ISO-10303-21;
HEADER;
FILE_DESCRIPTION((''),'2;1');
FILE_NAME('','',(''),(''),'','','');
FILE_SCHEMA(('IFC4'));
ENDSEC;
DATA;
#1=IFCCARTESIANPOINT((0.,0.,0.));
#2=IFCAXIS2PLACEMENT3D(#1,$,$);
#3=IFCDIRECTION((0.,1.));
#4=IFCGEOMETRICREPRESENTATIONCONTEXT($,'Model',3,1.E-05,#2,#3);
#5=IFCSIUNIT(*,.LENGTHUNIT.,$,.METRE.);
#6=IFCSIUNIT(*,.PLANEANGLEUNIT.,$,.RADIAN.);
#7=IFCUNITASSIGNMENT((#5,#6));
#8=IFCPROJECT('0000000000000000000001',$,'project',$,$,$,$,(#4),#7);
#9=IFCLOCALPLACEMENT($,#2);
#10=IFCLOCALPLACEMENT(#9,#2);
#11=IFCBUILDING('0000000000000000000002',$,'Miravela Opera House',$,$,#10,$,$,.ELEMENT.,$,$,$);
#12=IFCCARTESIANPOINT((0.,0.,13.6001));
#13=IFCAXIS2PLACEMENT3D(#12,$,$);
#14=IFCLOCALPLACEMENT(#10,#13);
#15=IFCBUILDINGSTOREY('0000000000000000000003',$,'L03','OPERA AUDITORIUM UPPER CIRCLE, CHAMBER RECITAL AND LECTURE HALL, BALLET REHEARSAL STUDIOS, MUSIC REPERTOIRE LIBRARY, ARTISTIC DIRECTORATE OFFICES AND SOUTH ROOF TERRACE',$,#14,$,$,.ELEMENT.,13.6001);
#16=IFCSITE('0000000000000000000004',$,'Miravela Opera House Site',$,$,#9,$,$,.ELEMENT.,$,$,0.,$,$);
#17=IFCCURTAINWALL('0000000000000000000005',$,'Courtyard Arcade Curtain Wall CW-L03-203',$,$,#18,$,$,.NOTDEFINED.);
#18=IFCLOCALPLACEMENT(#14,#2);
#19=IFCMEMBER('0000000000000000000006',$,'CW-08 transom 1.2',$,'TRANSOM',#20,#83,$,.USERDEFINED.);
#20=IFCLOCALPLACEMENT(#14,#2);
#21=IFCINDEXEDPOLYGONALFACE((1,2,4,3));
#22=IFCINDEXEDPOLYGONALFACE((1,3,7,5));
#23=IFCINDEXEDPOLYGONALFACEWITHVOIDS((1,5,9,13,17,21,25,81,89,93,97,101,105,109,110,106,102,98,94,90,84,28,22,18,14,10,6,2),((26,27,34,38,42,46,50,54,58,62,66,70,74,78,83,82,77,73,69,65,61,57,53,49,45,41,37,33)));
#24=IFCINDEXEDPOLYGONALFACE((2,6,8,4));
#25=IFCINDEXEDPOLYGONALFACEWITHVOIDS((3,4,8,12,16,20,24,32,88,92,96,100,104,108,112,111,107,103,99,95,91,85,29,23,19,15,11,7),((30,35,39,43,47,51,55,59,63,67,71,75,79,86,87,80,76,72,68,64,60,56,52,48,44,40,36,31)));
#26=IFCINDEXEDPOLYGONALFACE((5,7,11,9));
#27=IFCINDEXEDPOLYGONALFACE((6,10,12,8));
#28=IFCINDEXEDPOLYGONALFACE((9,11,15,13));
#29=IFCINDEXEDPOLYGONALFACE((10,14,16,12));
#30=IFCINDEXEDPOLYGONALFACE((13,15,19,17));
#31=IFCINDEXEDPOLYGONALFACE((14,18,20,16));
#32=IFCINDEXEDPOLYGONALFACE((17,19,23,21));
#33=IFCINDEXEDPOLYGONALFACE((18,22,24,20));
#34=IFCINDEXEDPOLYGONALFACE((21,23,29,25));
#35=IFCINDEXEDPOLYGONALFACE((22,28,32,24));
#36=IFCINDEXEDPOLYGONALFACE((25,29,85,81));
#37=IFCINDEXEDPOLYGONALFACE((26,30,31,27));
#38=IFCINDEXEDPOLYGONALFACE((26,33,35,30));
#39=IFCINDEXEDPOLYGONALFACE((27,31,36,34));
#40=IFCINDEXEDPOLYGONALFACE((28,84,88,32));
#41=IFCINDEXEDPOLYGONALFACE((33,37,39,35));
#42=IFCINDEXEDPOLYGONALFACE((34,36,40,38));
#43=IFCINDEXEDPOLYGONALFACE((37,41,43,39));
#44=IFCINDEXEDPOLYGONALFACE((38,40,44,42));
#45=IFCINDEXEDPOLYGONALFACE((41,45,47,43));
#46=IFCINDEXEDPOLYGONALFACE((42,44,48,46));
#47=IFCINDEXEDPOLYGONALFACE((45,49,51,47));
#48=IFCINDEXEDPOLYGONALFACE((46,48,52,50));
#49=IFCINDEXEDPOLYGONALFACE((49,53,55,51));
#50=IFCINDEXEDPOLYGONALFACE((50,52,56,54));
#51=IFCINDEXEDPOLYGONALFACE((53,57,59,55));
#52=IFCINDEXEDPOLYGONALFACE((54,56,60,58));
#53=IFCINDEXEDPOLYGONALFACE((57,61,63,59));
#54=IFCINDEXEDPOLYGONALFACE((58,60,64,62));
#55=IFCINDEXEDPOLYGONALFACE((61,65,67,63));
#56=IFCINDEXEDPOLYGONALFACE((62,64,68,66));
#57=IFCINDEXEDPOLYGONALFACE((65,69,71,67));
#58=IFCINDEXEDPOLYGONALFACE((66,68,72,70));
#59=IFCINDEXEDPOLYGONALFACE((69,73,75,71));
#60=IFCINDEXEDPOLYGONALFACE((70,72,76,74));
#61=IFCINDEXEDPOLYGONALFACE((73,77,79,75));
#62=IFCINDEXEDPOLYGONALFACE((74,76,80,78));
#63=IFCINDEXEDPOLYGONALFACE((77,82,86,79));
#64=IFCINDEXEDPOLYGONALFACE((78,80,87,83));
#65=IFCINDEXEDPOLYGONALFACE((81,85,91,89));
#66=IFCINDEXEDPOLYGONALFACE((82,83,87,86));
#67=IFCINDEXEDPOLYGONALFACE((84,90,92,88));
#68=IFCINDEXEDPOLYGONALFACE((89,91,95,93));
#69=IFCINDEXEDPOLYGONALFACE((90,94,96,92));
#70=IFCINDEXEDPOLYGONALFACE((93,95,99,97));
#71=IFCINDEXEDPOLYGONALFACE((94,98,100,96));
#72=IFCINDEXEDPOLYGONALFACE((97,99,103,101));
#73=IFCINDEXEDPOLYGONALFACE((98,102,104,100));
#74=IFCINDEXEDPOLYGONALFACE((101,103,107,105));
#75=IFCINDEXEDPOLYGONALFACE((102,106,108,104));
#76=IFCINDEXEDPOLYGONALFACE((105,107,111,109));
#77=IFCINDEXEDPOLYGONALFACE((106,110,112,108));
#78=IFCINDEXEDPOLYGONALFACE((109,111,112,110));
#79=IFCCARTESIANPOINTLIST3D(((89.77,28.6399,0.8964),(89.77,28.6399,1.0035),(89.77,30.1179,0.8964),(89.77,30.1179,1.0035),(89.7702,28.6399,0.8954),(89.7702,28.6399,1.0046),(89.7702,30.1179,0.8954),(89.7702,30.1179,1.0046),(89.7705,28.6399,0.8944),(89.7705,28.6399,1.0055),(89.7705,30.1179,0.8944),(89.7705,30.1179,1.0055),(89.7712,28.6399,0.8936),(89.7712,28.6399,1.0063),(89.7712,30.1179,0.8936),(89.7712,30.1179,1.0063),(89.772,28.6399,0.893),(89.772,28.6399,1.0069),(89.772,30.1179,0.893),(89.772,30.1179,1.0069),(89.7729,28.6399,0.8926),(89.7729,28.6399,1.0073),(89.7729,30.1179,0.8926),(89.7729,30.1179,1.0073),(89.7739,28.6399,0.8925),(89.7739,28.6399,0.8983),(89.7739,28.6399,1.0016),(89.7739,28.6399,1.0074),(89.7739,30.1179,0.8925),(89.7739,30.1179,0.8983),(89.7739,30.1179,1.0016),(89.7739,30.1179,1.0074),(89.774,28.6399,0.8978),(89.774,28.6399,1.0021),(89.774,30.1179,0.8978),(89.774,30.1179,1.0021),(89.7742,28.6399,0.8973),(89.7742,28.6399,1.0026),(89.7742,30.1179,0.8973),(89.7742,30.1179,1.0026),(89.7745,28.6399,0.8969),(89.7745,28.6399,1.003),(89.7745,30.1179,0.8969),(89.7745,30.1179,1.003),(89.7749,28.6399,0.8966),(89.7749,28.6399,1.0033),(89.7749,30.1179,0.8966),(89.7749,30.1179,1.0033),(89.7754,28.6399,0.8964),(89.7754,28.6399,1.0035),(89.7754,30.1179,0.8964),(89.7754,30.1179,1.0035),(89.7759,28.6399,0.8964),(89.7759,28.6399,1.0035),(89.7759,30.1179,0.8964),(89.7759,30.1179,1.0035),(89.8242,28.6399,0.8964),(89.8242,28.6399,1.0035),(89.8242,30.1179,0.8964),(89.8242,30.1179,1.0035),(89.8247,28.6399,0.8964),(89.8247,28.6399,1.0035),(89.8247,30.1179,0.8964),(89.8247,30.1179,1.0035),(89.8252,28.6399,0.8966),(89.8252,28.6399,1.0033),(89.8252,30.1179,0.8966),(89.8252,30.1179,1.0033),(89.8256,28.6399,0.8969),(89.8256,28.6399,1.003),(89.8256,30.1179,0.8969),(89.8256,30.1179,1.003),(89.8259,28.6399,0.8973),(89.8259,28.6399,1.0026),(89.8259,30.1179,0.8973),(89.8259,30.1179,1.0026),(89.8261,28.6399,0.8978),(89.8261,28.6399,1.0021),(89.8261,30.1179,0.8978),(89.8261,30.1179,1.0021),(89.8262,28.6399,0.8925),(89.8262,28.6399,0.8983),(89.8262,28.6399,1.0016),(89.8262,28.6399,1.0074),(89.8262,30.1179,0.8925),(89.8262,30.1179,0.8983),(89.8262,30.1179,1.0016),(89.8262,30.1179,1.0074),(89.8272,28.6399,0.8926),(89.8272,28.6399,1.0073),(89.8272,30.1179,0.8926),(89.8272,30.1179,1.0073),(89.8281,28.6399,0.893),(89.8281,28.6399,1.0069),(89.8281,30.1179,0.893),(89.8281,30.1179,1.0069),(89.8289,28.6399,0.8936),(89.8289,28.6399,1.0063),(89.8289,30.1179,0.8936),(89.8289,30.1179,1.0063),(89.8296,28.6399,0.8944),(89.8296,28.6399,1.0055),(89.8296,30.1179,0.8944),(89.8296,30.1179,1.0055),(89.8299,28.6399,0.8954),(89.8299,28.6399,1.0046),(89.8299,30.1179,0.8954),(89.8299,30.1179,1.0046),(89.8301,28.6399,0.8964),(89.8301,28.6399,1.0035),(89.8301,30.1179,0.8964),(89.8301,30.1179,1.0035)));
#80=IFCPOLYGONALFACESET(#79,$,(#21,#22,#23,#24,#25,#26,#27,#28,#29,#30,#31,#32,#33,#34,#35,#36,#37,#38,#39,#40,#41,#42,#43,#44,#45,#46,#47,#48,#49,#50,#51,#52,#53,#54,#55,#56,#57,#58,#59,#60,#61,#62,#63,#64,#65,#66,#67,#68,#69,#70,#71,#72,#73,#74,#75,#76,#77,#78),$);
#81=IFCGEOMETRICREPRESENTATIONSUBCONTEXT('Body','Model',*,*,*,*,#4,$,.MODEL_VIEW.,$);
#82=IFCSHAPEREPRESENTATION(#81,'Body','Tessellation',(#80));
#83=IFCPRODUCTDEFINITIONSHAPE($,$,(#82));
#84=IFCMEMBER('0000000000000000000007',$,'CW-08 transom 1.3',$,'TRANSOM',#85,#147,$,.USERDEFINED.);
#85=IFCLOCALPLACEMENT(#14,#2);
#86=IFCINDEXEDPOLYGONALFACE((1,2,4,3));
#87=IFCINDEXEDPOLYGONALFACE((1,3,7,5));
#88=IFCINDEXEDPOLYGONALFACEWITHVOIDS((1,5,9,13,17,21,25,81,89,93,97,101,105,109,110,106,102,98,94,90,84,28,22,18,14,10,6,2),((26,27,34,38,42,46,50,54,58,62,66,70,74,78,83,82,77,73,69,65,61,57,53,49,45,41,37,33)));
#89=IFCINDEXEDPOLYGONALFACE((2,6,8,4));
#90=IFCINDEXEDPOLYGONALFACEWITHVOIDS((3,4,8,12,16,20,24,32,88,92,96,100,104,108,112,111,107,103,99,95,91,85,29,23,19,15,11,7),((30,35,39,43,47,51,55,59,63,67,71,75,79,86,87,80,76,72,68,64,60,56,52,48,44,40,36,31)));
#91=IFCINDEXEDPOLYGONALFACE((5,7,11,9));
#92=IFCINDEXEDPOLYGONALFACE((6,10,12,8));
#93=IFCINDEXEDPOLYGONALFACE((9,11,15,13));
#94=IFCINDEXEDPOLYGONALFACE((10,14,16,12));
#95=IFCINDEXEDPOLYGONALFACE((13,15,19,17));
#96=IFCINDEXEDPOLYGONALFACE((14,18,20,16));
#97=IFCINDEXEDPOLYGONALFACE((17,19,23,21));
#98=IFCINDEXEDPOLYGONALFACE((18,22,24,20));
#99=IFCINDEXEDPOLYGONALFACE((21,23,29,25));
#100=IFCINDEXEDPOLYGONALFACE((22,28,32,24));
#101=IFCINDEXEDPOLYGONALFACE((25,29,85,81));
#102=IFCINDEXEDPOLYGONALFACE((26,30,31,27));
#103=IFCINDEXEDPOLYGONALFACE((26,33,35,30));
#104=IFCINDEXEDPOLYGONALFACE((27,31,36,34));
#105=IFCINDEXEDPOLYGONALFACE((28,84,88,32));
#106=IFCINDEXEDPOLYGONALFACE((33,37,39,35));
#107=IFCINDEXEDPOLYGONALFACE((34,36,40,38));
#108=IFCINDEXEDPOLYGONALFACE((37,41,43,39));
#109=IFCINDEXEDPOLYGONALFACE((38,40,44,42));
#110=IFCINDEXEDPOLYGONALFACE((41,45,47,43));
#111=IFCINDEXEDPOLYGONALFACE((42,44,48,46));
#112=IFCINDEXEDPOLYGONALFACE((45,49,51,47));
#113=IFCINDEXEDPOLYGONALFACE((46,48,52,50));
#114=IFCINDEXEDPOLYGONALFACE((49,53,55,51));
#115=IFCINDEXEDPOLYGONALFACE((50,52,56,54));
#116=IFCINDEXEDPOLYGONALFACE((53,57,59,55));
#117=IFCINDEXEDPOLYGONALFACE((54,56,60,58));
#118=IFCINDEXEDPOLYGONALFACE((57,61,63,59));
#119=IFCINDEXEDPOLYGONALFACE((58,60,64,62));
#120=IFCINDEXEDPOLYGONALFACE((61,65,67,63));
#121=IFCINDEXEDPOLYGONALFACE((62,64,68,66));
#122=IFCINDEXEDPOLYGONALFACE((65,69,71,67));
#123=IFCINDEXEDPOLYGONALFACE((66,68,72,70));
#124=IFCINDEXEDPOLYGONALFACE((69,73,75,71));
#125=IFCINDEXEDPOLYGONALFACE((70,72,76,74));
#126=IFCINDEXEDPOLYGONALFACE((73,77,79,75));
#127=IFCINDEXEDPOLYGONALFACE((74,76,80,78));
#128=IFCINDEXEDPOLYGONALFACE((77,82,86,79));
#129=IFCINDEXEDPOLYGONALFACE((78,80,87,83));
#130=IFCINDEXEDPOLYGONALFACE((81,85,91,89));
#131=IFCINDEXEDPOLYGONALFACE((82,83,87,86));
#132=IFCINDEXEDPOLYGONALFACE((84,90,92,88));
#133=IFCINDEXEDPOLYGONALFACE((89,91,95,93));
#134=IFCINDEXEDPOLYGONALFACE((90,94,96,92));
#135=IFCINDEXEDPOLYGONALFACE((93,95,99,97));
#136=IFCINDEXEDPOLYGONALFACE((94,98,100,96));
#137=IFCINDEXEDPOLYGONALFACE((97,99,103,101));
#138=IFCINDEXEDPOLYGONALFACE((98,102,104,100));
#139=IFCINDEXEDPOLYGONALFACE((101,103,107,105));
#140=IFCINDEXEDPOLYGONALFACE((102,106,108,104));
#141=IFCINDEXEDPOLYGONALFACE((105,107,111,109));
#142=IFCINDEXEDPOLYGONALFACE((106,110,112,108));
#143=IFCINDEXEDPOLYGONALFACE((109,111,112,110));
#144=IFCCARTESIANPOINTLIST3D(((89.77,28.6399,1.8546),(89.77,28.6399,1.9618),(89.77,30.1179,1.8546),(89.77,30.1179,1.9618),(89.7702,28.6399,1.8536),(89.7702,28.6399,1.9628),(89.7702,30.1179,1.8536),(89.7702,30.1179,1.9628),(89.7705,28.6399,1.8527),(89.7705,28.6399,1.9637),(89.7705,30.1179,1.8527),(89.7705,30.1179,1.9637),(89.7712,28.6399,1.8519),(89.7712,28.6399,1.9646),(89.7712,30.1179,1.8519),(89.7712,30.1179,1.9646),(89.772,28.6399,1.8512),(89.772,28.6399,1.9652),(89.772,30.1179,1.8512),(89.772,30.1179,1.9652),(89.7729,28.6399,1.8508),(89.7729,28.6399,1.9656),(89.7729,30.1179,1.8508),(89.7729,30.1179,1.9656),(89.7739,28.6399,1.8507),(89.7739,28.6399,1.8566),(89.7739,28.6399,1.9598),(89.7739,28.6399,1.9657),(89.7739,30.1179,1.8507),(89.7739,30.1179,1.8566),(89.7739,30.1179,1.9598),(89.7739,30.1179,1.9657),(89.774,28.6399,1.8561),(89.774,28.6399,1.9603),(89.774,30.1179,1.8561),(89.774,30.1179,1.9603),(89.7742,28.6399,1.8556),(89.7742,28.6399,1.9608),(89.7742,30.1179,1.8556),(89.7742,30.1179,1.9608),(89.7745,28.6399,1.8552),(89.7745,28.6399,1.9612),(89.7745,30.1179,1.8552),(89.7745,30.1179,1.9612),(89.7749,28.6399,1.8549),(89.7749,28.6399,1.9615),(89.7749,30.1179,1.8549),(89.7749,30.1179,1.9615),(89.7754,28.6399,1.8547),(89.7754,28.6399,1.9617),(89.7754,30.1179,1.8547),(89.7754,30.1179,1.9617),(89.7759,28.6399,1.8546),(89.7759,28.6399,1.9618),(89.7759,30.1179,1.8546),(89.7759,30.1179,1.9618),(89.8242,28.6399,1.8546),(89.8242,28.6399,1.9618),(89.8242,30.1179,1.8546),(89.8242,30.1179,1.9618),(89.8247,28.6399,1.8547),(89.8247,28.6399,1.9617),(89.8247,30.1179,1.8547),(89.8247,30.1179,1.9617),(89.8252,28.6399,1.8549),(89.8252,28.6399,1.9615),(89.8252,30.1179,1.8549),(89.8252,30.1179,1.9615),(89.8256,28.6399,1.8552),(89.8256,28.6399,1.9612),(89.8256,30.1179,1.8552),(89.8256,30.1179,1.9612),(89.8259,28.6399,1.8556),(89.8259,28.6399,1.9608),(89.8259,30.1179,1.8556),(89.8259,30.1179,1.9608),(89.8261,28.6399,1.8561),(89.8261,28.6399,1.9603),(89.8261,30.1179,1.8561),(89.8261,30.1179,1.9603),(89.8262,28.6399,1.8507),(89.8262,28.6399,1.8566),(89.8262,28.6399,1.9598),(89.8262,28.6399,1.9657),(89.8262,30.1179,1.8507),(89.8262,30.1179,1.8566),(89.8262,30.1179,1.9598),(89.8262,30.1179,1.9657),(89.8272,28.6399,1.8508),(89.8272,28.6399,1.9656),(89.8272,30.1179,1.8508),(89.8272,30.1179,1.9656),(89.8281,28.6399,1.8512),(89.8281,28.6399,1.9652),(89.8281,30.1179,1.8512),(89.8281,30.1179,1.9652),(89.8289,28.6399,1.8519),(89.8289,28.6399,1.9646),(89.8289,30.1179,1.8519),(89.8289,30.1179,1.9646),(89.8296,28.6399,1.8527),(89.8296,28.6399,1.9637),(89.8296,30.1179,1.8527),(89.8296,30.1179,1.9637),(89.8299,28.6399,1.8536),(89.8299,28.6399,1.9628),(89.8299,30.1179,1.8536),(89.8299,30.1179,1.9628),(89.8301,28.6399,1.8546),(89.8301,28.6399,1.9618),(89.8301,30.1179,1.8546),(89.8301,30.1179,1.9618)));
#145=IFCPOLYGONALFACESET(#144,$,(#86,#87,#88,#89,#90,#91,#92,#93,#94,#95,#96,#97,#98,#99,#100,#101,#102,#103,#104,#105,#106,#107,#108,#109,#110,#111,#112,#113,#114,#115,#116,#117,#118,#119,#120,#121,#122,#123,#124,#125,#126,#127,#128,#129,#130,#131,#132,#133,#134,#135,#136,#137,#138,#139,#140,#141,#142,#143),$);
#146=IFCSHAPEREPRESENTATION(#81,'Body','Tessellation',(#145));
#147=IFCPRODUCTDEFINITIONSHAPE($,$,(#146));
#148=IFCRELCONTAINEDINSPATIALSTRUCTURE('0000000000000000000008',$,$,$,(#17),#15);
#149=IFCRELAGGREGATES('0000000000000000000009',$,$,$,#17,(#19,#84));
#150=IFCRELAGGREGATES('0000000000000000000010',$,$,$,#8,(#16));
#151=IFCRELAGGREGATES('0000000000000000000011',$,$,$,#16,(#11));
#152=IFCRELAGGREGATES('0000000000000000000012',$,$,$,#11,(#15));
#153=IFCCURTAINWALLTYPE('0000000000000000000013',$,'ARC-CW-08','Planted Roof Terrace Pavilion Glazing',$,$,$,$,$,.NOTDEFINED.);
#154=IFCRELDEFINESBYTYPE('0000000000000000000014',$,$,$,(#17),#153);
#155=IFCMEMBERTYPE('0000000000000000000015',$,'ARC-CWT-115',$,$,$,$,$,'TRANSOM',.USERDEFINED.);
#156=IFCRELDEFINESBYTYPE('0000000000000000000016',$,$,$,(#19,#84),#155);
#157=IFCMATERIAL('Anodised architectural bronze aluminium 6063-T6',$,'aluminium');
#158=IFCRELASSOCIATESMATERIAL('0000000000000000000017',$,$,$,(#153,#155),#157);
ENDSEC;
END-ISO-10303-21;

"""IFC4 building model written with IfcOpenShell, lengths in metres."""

from ifc_helpers import new_model, si_unit, direction, frame, origin, origin_2d, place, context, subcontext, project, spatial, hollow_rectangle, extrude, material, material_profile, profile_set, type_object, element, aggregate, save


model = new_model("IFC4")

# Units and contexts
model_context = context("Model", 3, precision=1e-05, world=origin(), true_north=direction((0.0, 1.0)))
body_context = subcontext(model_context, "Body", "Model", "MODEL_VIEW")
ifc_project = project(units=[si_unit("LENGTHUNIT", "METRE"), si_unit("PLANEANGLEUNIT", "RADIAN")], contexts=[model_context])

# Site, building, storey
site_placement = place(None, origin())
site = spatial("IfcSite", under=ifc_project, at=site_placement, Name="Miravela Opera House Site", CompositionType="ELEMENT", RefElevation=0.0)
building_placement = place(site_placement, origin())
building = spatial("IfcBuilding", under=site, at=building_placement, Name="Miravela Opera House", CompositionType="ELEMENT")
storey_placement = place(building_placement, frame((0.0, 0.0, 13.6001)))
storey = spatial("IfcBuildingStorey", under=building, at=storey_placement, Name="L03", Description="OPERA AUDITORIUM UPPER CIRCLE, CHAMBER RECITAL AND LECTURE HALL, BALLET REHEARSAL STUDIOS, MUSIC REPERTOIRE LIBRARY, ARTISTIC DIRECTORATE OFFICES AND SOUTH ROOF TERRACE", CompositionType="ELEMENT", Elevation=13.6001)

# Shared definitions
ifc_material_1 = material(Name="Anodised architectural bronze aluminium 6063-T6", Category="aluminium")
curtain_wall_type = type_object("IfcCurtainWallType", Name="ARC-CW-08", Description="Planted Roof Terrace Pavilion Glazing", PredefinedType="NOTDEFINED", material=ifc_material_1)

# Curtain wall
curtain_wall_1_placement = place(storey_placement, origin())
curtain_wall_1 = element("IfcCurtainWall", 1, at=curtain_wall_1_placement, inside=storey, type_object=curtain_wall_type, Name="Courtyard Arcade Curtain Wall CW-L03-203", PredefinedType="NOTDEFINED")

# Members
ifc_material_profile_1 = material_profile(ifc_material_1, hollow_rectangle(XDim=0.0601, YDim=0.115, WallThickness=0.0039, InnerFilletRadius=0.002, OuterFilletRadius=0.0039, at=origin_2d()), Name="CWT-60X115")
ifc_profile_set_1 = profile_set([ifc_material_profile_1])
member_type_1 = type_object("IfcMemberType", Name="ARC-CWT-115", ElementType="TRANSOM", PredefinedType="USERDEFINED", material=ifc_profile_set_1)
member_1_placement = place(storey_placement, frame((89.8, 28.6399, 0.95), z_axis=(0.0, 1.0, 0.0), x_axis=(-1.0, 0.0, 0.0)))
member_1 = element("IfcMember", 2, at=member_1_placement, type_object=member_type_1, Name="CW-08 transom 1.2", ObjectType="TRANSOM", PredefinedType="USERDEFINED", context=body_context, shape_type="SweptSolid", body=[
    extrude(hollow_rectangle(XDim=0.0601, YDim=0.115, WallThickness=0.0039, InnerFilletRadius=0.002, OuterFilletRadius=0.0039, at=origin_2d()), origin(), (0.0, 0.0, 1.0), 1.478),
])
member_2_placement = place(storey_placement, frame((89.8, 28.6399, 1.9082), z_axis=(0.0, 1.0, 0.0), x_axis=(-1.0, 0.0, 0.0)))
member_2 = element("IfcMember", 3, at=member_2_placement, type_object=member_type_1, Name="CW-08 transom 1.3", ObjectType="TRANSOM", PredefinedType="USERDEFINED", context=body_context, shape_type="SweptSolid", body=[
    extrude(hollow_rectangle(XDim=0.0601, YDim=0.115, WallThickness=0.0039, InnerFilletRadius=0.002, OuterFilletRadius=0.0039, at=origin_2d()), origin(), (0.0, 0.0, 1.0), 1.478),
])

aggregate(curtain_wall_1, [member_1, member_2])

save(model, "model.ifc")
